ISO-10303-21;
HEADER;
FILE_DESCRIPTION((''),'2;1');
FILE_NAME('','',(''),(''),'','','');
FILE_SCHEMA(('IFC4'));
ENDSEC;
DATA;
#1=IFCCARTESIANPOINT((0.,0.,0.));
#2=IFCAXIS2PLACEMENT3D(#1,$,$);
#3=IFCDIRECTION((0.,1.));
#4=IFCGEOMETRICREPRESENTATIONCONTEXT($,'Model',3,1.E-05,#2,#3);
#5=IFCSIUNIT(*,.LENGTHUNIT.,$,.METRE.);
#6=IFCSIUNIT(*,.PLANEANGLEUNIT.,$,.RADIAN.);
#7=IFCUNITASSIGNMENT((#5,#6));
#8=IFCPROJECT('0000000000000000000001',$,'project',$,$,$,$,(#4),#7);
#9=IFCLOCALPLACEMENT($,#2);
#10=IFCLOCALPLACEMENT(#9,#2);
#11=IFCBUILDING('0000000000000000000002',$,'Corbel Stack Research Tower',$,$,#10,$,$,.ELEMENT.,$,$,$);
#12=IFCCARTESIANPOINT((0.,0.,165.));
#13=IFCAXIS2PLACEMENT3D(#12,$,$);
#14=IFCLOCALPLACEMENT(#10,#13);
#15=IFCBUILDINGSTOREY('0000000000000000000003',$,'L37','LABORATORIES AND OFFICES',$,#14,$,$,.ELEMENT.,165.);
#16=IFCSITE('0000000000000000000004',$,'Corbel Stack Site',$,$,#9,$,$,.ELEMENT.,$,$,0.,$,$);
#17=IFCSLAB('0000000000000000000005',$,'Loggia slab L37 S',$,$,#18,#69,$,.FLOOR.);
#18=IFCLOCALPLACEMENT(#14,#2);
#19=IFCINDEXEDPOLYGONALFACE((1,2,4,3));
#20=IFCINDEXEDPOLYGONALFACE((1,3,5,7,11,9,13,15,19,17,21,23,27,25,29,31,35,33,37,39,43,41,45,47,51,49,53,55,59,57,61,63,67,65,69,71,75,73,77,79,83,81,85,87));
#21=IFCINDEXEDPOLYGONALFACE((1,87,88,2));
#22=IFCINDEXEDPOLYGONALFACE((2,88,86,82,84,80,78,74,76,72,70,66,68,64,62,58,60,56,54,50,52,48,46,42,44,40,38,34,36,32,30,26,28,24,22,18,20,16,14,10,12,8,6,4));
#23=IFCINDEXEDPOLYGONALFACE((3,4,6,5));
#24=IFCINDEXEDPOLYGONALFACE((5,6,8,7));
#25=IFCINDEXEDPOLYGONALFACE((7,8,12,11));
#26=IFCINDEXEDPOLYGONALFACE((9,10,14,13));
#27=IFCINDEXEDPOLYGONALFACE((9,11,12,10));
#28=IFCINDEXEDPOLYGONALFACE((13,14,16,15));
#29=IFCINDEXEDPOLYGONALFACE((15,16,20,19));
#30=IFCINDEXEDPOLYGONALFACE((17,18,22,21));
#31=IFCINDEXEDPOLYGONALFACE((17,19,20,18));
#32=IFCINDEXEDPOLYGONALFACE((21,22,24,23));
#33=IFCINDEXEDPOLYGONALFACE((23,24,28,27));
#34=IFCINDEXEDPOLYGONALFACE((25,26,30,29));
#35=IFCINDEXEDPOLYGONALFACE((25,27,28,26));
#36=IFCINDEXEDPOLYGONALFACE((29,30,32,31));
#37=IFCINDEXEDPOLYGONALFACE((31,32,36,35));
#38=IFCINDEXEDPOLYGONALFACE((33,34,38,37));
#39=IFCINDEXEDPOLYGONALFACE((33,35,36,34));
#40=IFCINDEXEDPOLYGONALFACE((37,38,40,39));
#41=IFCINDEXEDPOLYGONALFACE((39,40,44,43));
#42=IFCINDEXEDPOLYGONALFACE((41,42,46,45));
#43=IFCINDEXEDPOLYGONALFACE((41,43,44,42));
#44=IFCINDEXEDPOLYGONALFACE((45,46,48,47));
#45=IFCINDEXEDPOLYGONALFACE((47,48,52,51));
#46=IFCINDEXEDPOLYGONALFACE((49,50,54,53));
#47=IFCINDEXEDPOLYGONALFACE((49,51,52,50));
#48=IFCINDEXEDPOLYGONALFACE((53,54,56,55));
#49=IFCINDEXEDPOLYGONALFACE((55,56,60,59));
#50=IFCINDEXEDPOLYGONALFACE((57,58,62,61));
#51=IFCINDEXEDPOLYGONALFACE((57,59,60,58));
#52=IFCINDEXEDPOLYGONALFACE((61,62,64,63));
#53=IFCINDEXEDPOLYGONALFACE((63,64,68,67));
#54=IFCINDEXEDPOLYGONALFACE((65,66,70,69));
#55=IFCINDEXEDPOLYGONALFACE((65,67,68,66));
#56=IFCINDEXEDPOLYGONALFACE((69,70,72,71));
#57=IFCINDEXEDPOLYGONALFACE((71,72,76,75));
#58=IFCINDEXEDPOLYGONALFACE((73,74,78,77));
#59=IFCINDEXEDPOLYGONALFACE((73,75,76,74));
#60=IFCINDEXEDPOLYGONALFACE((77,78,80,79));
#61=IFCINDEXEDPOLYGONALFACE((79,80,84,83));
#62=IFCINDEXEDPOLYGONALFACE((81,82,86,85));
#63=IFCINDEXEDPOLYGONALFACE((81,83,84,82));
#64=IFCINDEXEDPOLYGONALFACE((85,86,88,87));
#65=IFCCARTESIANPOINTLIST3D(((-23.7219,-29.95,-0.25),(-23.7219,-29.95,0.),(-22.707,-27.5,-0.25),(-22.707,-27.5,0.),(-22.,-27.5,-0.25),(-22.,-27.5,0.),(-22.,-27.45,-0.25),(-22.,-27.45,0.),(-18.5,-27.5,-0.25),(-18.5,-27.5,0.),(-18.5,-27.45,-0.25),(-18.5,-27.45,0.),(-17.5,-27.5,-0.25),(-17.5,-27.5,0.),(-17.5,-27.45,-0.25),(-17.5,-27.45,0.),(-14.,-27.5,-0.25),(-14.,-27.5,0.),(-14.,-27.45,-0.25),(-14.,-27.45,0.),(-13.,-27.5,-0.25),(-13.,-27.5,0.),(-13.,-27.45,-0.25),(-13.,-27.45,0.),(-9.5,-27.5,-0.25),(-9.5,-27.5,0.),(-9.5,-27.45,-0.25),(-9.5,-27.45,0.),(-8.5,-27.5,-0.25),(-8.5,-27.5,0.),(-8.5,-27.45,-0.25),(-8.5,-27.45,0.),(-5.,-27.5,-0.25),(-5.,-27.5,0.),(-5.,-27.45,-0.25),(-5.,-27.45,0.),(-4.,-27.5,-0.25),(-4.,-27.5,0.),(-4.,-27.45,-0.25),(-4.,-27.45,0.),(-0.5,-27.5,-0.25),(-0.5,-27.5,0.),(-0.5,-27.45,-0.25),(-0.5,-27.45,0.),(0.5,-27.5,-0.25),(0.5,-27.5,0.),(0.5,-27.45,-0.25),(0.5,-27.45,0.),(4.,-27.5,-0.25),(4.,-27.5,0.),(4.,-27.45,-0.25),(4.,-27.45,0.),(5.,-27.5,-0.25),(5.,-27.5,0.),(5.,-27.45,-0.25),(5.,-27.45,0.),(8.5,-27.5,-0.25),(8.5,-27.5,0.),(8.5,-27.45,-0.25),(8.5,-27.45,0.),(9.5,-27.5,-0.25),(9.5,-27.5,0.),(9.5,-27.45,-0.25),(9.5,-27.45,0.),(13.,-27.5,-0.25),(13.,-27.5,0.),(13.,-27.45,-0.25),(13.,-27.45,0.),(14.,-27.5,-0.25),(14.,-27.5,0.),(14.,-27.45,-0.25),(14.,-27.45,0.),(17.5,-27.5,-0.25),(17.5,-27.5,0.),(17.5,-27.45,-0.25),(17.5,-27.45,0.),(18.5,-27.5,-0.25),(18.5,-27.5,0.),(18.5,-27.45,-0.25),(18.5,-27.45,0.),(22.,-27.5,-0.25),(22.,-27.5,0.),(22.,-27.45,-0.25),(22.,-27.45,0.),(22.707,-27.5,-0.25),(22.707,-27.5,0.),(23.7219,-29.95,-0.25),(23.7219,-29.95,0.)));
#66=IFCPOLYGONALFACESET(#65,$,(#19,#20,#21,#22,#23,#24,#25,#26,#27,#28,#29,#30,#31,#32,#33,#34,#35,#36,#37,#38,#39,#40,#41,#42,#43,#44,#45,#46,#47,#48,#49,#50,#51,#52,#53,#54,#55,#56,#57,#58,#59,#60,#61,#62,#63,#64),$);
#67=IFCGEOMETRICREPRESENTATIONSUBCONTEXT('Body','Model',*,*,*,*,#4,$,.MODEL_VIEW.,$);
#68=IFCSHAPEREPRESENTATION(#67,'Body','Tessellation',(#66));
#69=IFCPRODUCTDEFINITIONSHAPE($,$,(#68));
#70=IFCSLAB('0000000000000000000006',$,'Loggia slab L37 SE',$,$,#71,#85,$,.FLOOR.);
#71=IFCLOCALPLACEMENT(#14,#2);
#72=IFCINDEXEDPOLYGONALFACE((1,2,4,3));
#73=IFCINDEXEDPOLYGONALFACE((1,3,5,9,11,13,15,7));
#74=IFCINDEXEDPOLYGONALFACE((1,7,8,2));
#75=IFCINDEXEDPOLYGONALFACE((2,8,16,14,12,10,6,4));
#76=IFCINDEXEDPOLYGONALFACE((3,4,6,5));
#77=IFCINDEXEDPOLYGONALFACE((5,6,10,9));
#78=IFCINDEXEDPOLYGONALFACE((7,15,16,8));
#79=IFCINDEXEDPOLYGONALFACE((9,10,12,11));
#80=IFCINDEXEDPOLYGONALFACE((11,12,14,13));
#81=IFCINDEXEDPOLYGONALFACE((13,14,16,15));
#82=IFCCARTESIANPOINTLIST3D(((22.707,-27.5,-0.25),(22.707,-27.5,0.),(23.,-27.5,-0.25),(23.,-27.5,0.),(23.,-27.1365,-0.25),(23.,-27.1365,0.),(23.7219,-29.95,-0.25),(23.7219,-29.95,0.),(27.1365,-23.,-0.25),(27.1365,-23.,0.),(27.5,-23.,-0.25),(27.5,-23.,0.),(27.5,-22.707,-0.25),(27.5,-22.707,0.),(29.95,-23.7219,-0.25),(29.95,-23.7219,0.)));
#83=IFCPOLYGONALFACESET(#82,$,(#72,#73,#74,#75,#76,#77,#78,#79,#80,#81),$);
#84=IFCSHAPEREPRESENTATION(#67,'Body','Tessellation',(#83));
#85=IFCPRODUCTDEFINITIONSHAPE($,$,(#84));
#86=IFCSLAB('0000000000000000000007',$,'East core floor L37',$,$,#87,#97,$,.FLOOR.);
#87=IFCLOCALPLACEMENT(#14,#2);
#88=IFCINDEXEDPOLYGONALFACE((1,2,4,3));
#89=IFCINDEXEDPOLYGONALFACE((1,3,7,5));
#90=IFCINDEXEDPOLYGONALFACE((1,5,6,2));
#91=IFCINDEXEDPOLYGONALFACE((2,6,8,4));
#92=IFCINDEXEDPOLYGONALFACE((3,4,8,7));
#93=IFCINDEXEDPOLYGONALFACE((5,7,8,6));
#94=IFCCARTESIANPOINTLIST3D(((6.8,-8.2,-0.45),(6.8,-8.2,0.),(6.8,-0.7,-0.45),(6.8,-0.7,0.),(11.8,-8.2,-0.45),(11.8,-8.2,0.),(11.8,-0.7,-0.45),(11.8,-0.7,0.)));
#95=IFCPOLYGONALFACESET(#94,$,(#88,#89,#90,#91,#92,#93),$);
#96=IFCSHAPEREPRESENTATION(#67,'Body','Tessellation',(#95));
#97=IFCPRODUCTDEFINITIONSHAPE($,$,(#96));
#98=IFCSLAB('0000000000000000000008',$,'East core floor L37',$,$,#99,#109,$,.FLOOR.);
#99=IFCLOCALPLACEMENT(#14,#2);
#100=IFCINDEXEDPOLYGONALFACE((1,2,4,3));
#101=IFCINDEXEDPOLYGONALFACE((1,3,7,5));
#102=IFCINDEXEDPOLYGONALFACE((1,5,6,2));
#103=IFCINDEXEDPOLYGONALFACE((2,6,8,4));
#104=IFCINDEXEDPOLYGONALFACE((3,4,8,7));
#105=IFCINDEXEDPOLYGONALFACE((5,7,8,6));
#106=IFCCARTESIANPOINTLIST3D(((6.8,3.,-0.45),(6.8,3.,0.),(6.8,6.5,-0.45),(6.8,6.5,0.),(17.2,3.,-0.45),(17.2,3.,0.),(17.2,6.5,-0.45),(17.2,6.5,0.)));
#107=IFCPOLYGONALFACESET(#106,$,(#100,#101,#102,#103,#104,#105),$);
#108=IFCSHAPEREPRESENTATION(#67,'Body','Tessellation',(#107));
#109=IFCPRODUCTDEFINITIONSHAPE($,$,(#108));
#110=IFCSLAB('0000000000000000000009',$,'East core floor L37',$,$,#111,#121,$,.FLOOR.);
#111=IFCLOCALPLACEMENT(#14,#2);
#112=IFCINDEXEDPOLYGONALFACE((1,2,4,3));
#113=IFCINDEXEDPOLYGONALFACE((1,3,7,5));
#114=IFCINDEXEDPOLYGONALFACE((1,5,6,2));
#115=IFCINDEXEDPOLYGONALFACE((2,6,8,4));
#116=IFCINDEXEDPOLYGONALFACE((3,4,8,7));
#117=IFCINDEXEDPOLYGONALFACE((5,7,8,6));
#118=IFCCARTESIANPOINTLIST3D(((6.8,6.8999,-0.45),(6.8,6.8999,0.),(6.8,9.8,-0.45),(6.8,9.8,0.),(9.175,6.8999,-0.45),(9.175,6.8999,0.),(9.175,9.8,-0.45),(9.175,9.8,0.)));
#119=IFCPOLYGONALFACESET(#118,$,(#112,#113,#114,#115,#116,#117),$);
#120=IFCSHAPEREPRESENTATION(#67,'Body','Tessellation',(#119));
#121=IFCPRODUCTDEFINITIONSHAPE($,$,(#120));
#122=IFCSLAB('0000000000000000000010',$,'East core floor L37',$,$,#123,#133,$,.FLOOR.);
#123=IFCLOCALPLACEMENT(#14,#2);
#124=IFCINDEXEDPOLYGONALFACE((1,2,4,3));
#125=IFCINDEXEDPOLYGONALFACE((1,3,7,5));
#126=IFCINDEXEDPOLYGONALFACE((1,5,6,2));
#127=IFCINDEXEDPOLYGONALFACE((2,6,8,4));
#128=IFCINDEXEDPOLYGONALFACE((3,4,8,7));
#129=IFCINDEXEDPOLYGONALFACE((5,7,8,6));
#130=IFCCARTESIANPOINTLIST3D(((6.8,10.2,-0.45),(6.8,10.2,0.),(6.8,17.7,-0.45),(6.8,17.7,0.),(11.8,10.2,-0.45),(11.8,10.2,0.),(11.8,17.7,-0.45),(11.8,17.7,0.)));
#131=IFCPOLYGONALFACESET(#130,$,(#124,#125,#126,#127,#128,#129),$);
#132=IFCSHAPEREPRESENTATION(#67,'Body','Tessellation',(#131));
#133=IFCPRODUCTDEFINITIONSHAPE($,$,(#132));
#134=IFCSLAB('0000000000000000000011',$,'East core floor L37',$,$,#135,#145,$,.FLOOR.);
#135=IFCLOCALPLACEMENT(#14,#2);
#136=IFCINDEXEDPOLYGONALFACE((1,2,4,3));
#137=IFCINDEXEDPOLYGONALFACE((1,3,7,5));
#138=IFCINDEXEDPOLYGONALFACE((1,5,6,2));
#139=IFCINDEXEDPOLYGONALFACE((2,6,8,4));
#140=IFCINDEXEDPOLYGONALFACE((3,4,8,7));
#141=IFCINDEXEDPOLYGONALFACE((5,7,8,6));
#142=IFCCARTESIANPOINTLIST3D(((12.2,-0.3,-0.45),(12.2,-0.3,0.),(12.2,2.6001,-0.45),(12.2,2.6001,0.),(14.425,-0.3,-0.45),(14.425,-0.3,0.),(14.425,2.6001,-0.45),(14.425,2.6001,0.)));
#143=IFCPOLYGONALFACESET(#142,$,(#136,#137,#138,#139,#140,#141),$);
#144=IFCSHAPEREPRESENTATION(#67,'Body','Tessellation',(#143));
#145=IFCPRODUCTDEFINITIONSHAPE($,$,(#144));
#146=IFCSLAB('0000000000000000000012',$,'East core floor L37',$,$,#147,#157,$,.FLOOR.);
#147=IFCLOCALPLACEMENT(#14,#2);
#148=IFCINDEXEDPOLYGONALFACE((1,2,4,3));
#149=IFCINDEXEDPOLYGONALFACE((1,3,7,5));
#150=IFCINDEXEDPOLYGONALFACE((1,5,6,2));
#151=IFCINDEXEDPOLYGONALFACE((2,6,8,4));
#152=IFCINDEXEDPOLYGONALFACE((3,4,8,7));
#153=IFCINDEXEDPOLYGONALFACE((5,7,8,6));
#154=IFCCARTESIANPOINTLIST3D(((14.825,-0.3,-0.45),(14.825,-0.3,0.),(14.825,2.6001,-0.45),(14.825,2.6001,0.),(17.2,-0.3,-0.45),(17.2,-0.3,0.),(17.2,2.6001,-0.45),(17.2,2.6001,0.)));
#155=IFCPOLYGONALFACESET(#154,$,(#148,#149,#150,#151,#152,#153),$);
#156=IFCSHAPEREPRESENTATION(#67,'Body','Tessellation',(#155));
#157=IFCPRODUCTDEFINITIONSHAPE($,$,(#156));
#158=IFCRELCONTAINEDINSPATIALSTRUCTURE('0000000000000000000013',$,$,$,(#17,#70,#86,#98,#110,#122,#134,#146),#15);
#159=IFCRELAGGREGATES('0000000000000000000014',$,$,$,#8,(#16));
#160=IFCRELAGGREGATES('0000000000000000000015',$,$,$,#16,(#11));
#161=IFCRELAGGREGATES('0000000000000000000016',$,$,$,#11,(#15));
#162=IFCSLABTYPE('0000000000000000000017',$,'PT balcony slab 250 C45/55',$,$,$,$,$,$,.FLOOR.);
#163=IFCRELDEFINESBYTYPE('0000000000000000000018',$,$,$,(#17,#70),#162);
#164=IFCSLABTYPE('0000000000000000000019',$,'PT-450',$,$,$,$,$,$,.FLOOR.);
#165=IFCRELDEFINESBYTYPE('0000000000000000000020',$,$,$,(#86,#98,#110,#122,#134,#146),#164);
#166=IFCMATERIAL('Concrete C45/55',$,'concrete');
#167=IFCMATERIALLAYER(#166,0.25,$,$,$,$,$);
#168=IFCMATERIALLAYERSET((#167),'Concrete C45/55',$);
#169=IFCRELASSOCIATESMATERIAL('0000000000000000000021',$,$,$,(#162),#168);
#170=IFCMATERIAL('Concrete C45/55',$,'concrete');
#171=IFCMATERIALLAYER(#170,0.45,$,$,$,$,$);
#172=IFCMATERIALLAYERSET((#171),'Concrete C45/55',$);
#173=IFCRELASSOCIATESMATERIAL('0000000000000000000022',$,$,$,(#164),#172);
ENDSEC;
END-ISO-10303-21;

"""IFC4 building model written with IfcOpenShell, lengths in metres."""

from ifc_helpers import new_model, si_unit, direction, frame, origin, place, context, subcontext, project, spatial, polyline, outline, extrude, material, layer, layer_set, type_object, element, save


model = new_model("IFC4")

# Units and contexts
model_context = context("Model", 3, precision=1e-05, world=origin(), true_north=direction((0.0, 1.0)))
body_context = subcontext(model_context, "Body", "Model", "MODEL_VIEW")
ifc_project = project(units=[si_unit("LENGTHUNIT", "METRE"), si_unit("PLANEANGLEUNIT", "RADIAN")], contexts=[model_context])

# Site, building, storey
site_placement = place(None, origin())
site = spatial("IfcSite", under=ifc_project, at=site_placement, Name="Corbel Stack Site", CompositionType="ELEMENT", RefElevation=0.0)
building_placement = place(site_placement, origin())
building = spatial("IfcBuilding", under=site, at=building_placement, Name="Corbel Stack Research Tower", CompositionType="ELEMENT")
storey_placement = place(building_placement, frame((0.0, 0.0, 165.0)))
storey = spatial("IfcBuildingStorey", under=building, at=storey_placement, Name="L37", Description="LABORATORIES AND OFFICES", CompositionType="ELEMENT", Elevation=165.0)

# Slabs
ifc_material_1 = material(Name="Concrete C45/55", Category="concrete")
ifc_layer_1 = layer(ifc_material_1, 0.25)
ifc_layer_set_1 = layer_set([ifc_layer_1], Name="Concrete C45/55")
slab_type_1 = type_object("IfcSlabType", Name="PT balcony slab 250 C45/55", PredefinedType="FLOOR", material=ifc_layer_set_1)
slab_1_placement = place(storey_placement, frame((0.0, 0.0, -0.25)))
element("IfcSlab", 1, at=slab_1_placement, inside=storey, type_object=slab_type_1, Name="Loggia slab L37 S", PredefinedType="FLOOR", context=body_context, shape_type="SweptSolid", body=[
    extrude(outline(polyline([(22.707, -27.5), (22.0, -27.5), (22.0, -27.45), (18.5, -27.45), (18.5, -27.5), (17.5, -27.5), (17.5, -27.45), (14.0, -27.45), (14.0, -27.5), (13.0, -27.5), (13.0, -27.45), (9.5, -27.45), (9.5, -27.5), (8.5, -27.5), (8.5, -27.45), (5.0, -27.45), (5.0, -27.5), (4.0, -27.5), (4.0, -27.45), (0.5, -27.45), (0.5, -27.5), (-0.5, -27.5), (-0.5, -27.45), (-4.0, -27.45), (-4.0, -27.5), (-5.0, -27.5), (-5.0, -27.45), (-8.5, -27.45), (-8.5, -27.5), (-9.5, -27.5), (-9.5, -27.45), (-13.0, -27.45), (-13.0, -27.5), (-14.0, -27.5), (-14.0, -27.45), (-17.5, -27.45), (-17.5, -27.5), (-18.5, -27.5), (-18.5, -27.45), (-22.0, -27.45), (-22.0, -27.5), (-22.707, -27.5), (-23.7219, -29.95), (23.7219, -29.95), (22.707, -27.5)])), origin(), (0.0, 0.0, 1.0), 0.25),
])
slab_2_placement = place(storey_placement, frame((0.0, 0.0, -0.25)))
element("IfcSlab", 2, at=slab_2_placement, inside=storey, type_object=slab_type_1, Name="Loggia slab L37 SE", PredefinedType="FLOOR", context=body_context, shape_type="SweptSolid", body=[
    extrude(outline(polyline([(27.5, -22.707), (27.5, -23.0), (27.1365, -23.0), (23.0, -27.1365), (23.0, -27.5), (22.707, -27.5), (23.7219, -29.95), (29.95, -23.7219), (27.5, -22.707)])), origin(), (0.0, 0.0, 1.0), 0.25),
])
ifc_material_2 = material(Name="Concrete C45/55", Category="concrete")
ifc_layer_2 = layer(ifc_material_2, 0.45)
ifc_layer_set_2 = layer_set([ifc_layer_2], Name="Concrete C45/55")
slab_type_2 = type_object("IfcSlabType", Name="PT-450", PredefinedType="FLOOR", material=ifc_layer_set_2)
slab_3_placement = place(storey_placement, frame((0.0, 0.0, -0.45)))
element("IfcSlab", 3, at=slab_3_placement, inside=storey, type_object=slab_type_2, Name="East core floor L37", PredefinedType="FLOOR", context=body_context, shape_type="SweptSolid", body=[
    extrude(outline(polyline([(6.8, -0.7), (6.8, -8.2), (11.8, -8.2), (11.8, -0.7), (6.8, -0.7)])), origin(), (0.0, 0.0, 1.0), 0.45),
])
slab_4_placement = place(storey_placement, frame((0.0, 0.0, -0.45)))
element("IfcSlab", 4, at=slab_4_placement, inside=storey, type_object=slab_type_2, Name="East core floor L37", PredefinedType="FLOOR", context=body_context, shape_type="SweptSolid", body=[
    extrude(outline(polyline([(17.2, 6.5), (6.8, 6.5), (6.8, 3.0), (17.2, 3.0), (17.2, 6.5)])), origin(), (0.0, 0.0, 1.0), 0.45),
])
slab_5_placement = place(storey_placement, frame((0.0, 0.0, -0.45)))
element("IfcSlab", 5, at=slab_5_placement, inside=storey, type_object=slab_type_2, Name="East core floor L37", PredefinedType="FLOOR", context=body_context, shape_type="SweptSolid", body=[
    extrude(outline(polyline([(6.8, 6.8999), (9.175, 6.8999), (9.175, 9.8), (6.8, 9.8), (6.8, 6.8999)])), origin(), (0.0, 0.0, 1.0), 0.45),
])
slab_6_placement = place(storey_placement, frame((0.0, 0.0, -0.45)))
element("IfcSlab", 6, at=slab_6_placement, inside=storey, type_object=slab_type_2, Name="East core floor L37", PredefinedType="FLOOR", context=body_context, shape_type="SweptSolid", body=[
    extrude(outline(polyline([(6.8, 17.7), (6.8, 10.2), (11.8, 10.2), (11.8, 17.7), (6.8, 17.7)])), origin(), (0.0, 0.0, 1.0), 0.45),
])
slab_7_placement = place(storey_placement, frame((0.0, 0.0, -0.45)))
element("IfcSlab", 7, at=slab_7_placement, inside=storey, type_object=slab_type_2, Name="East core floor L37", PredefinedType="FLOOR", context=body_context, shape_type="SweptSolid", body=[
    extrude(outline(polyline([(14.425, -0.3), (14.425, 2.6001), (12.2, 2.6001), (12.2, -0.3), (14.425, -0.3)])), origin(), (0.0, 0.0, 1.0), 0.45),
])
slab_8_placement = place(storey_placement, frame((0.0, 0.0, -0.45)))
element("IfcSlab", 8, at=slab_8_placement, inside=storey, type_object=slab_type_2, Name="East core floor L37", PredefinedType="FLOOR", context=body_context, shape_type="SweptSolid", body=[
    extrude(outline(polyline([(17.2, -0.3), (17.2, 2.6001), (14.825, 2.6001), (14.825, -0.3), (17.2, -0.3)])), origin(), (0.0, 0.0, 1.0), 0.45),
])

save(model, "model.ifc")
